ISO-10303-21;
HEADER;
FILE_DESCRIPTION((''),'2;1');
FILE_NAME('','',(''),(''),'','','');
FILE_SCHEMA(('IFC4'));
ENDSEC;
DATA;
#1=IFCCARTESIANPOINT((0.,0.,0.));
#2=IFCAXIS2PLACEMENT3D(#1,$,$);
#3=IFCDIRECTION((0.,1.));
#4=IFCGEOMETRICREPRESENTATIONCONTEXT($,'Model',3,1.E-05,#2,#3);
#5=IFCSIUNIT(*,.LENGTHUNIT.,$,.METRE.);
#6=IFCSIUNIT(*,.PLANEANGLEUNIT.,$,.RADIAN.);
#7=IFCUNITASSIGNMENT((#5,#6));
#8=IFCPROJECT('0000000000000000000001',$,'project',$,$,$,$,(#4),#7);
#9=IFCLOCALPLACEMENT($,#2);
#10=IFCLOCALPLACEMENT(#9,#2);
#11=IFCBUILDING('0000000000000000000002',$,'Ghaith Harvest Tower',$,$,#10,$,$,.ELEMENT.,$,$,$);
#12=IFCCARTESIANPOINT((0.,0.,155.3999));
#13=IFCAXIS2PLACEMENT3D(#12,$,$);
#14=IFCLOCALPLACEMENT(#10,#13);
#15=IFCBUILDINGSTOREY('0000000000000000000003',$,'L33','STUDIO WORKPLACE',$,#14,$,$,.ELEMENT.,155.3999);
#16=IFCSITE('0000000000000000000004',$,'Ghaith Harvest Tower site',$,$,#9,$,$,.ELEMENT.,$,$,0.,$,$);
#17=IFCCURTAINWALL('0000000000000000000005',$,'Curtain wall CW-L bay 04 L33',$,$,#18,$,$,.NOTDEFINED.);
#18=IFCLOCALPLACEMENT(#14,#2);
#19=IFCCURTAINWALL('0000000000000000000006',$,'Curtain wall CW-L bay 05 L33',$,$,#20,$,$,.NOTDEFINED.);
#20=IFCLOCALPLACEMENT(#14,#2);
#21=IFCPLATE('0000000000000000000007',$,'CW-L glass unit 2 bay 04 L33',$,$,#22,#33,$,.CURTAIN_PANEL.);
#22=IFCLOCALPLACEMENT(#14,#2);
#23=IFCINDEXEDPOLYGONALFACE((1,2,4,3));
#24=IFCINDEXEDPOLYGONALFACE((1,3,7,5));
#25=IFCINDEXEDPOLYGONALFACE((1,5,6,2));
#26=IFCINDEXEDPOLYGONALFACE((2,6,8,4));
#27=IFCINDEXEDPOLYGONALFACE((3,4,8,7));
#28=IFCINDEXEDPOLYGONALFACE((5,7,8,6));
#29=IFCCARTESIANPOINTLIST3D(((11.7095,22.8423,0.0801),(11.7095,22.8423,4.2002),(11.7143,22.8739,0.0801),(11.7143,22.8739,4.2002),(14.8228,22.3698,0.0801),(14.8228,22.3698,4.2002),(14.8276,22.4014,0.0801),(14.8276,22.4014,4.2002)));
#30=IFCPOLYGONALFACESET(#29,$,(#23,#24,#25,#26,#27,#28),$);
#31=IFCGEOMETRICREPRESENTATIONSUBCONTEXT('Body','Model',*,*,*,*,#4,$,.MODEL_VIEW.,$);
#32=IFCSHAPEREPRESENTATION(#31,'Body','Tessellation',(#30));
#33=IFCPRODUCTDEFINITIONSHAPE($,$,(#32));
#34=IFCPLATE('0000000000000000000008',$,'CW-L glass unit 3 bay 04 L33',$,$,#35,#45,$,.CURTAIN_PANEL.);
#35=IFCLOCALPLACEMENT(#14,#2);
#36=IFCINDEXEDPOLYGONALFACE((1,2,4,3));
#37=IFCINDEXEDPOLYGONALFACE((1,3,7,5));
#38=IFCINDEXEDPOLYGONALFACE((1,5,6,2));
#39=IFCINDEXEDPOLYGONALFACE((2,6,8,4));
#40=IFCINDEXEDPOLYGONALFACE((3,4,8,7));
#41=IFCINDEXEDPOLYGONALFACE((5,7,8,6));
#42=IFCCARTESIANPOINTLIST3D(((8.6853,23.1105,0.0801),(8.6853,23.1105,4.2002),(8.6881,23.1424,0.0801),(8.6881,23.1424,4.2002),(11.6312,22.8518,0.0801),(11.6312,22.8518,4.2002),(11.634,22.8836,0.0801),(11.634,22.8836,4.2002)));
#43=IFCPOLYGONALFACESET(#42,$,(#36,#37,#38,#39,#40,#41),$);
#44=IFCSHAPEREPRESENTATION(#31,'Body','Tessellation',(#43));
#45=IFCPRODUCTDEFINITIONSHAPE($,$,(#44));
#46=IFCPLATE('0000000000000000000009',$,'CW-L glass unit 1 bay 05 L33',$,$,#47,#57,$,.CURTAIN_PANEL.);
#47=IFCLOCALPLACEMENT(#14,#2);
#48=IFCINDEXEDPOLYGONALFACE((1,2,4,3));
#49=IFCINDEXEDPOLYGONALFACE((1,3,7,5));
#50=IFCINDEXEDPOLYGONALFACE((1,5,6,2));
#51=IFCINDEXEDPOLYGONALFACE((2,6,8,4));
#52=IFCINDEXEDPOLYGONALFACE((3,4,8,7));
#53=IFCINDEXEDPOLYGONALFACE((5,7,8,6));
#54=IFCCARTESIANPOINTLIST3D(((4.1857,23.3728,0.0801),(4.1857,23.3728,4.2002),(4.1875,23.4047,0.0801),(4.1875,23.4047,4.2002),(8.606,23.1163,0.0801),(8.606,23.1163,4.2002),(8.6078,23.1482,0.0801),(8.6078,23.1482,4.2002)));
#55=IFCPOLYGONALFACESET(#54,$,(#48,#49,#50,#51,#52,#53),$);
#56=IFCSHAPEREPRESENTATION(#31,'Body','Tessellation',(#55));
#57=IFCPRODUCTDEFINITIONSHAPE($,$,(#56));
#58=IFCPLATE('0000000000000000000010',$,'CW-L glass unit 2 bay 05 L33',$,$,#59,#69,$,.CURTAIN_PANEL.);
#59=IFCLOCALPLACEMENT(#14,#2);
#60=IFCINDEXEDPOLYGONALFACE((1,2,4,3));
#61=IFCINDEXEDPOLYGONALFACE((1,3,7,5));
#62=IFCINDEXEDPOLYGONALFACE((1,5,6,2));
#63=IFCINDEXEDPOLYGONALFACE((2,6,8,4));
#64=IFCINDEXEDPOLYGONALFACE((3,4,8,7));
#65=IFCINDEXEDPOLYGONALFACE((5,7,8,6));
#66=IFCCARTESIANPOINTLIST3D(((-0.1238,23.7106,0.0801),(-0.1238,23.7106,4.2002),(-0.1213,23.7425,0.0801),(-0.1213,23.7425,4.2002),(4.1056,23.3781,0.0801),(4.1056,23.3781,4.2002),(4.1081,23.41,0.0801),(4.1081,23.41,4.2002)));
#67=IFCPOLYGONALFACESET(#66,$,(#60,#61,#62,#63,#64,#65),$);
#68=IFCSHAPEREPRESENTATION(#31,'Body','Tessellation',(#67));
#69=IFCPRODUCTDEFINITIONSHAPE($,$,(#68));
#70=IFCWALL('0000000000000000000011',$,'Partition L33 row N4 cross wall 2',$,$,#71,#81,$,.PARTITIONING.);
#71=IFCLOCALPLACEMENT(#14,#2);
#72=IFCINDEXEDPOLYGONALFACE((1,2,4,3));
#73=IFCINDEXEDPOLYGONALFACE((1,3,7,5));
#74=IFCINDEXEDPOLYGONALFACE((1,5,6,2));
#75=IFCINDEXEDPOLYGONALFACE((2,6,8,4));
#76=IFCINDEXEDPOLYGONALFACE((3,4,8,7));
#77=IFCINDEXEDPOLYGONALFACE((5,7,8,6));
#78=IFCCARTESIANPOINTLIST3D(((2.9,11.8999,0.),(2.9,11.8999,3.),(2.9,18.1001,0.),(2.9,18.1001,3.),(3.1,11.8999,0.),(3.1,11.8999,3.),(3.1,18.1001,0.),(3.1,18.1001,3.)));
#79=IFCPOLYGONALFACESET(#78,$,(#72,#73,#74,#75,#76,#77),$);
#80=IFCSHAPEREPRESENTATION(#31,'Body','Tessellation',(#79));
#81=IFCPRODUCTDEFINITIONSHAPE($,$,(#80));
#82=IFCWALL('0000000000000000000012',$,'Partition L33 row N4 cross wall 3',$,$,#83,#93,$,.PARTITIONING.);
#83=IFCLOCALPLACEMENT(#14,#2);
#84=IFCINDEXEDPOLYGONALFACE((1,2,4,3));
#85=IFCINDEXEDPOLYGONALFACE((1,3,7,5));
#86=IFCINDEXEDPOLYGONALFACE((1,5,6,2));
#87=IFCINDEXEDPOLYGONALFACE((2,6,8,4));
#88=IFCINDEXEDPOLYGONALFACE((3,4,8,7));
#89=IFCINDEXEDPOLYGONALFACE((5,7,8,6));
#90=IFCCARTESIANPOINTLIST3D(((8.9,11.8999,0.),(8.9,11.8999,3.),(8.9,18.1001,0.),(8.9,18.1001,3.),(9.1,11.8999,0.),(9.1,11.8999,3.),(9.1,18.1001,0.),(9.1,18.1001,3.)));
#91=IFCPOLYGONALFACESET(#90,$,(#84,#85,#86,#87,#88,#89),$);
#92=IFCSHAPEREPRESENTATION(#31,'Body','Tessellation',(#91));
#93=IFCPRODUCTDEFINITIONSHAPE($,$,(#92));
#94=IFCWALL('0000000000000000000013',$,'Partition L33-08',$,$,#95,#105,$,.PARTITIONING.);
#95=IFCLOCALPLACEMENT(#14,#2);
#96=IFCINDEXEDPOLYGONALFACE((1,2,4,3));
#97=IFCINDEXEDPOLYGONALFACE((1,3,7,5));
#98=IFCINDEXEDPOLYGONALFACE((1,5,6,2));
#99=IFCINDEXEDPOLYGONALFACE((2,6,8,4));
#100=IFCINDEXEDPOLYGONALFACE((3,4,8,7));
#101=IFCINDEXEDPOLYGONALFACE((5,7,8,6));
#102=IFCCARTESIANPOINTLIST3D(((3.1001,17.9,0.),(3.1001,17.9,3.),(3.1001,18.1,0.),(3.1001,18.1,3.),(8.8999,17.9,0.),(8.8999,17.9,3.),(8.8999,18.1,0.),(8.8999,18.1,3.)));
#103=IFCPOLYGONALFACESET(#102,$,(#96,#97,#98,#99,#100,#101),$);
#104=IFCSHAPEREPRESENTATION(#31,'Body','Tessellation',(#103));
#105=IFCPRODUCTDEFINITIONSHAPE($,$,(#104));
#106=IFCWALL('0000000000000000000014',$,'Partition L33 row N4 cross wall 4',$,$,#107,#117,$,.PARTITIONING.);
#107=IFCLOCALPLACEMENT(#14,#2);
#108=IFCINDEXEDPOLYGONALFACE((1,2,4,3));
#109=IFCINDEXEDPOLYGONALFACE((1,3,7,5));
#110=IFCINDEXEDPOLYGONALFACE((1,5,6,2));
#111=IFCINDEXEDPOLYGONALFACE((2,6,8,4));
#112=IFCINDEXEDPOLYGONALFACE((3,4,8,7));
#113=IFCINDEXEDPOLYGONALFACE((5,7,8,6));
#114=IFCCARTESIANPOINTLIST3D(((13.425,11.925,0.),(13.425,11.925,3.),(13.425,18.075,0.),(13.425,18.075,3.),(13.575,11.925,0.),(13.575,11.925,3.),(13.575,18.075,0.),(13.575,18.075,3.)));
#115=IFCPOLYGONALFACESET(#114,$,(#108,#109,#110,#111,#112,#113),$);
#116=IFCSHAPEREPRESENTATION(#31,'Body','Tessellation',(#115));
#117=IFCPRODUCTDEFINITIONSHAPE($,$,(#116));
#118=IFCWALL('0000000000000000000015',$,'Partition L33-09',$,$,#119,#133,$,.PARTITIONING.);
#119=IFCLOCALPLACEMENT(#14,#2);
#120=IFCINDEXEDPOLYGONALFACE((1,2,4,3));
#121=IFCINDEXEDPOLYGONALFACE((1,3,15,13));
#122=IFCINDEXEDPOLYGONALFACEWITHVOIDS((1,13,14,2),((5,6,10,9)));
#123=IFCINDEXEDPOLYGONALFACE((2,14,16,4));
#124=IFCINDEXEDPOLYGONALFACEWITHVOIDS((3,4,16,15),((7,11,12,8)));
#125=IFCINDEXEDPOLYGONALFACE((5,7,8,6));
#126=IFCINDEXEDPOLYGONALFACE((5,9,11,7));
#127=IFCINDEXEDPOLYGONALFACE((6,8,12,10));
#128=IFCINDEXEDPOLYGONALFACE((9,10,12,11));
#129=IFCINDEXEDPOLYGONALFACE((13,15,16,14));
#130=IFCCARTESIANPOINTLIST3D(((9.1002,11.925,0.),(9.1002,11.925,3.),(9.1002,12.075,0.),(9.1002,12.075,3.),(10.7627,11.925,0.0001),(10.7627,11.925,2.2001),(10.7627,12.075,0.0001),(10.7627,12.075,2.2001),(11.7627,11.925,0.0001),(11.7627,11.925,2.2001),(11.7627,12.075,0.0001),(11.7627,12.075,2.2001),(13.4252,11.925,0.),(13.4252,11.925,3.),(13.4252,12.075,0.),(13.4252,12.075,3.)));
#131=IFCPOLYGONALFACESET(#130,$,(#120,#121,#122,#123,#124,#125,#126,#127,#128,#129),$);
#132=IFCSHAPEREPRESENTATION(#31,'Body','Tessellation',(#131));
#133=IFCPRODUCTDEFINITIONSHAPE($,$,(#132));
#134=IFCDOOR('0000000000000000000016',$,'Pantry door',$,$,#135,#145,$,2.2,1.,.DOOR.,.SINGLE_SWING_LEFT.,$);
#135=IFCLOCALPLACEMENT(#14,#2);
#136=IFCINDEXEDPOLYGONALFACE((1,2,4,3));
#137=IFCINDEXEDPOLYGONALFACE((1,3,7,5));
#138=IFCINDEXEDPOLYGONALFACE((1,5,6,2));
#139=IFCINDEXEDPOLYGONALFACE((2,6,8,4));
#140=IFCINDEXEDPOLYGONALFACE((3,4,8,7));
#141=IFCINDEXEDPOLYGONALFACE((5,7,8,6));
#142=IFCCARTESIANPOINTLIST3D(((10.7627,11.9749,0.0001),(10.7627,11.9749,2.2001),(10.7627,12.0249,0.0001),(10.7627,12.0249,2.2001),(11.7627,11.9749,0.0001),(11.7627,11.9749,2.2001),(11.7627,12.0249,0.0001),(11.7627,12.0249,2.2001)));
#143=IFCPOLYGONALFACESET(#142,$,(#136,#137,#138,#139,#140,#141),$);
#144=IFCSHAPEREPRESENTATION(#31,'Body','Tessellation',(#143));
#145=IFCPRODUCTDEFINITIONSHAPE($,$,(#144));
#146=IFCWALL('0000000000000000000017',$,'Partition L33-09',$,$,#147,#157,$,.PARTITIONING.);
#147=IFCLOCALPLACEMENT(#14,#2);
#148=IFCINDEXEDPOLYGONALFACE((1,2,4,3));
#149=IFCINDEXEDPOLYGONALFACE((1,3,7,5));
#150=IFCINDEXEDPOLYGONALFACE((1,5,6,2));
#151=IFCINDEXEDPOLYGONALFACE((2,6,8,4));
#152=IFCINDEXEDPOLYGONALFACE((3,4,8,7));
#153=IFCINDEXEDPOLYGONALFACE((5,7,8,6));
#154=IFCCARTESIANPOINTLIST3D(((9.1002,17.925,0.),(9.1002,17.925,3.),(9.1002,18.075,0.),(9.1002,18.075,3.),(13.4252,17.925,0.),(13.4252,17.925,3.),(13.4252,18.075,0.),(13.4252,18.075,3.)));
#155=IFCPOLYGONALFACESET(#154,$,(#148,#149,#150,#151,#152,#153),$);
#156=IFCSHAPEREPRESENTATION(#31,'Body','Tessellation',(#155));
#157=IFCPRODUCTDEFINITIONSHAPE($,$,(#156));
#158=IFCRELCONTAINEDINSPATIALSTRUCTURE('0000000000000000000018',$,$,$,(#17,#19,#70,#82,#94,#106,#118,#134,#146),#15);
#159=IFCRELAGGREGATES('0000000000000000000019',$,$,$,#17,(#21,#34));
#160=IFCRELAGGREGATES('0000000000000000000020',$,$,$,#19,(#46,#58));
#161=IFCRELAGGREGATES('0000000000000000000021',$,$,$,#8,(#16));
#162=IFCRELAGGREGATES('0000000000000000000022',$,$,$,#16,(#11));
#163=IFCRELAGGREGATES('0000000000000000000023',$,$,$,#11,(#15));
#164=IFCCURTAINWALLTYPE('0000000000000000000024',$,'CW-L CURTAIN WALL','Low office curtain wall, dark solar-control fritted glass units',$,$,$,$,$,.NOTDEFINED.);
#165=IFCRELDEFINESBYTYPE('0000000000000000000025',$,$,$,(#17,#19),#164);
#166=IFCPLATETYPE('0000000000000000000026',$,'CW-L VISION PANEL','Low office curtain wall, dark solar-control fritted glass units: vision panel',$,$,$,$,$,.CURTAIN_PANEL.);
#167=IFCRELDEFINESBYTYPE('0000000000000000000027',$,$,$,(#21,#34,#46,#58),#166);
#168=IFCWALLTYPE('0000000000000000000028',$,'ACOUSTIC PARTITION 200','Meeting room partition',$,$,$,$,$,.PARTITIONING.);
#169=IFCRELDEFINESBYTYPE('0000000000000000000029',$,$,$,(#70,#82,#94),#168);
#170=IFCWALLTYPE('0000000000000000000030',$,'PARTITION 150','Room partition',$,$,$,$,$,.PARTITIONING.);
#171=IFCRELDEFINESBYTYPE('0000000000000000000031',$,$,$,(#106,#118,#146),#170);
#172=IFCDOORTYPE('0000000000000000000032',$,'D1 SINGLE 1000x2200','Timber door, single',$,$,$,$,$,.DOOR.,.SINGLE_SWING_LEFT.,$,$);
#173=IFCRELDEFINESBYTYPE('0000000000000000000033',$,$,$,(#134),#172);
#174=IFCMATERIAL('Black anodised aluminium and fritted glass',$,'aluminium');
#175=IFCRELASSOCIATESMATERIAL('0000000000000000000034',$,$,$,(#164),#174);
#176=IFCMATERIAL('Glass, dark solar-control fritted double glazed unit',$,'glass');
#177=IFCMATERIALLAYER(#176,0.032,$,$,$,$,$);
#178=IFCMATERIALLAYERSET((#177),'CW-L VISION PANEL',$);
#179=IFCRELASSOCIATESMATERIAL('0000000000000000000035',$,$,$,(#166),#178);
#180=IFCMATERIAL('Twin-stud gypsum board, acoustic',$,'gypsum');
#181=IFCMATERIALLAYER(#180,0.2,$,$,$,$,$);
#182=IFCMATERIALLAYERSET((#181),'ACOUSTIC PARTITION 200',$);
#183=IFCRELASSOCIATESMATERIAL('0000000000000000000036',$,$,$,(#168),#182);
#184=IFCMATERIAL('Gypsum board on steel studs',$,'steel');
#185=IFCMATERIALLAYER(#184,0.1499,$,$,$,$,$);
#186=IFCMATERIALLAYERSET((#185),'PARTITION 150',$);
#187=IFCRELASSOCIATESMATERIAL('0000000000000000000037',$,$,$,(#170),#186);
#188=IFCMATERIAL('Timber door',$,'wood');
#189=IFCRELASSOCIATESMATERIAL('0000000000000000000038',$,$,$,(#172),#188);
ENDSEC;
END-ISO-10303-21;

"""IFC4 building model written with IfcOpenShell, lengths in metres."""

from ifc_helpers import new_model, si_unit, direction, frame, frame_2d, origin, origin_2d, place, context, subcontext, project, spatial, rectangle, extrude, material, layer, layer_set, type_object, element, fill, aggregate, save


model = new_model("IFC4")

# Units and contexts
model_context = context("Model", 3, precision=1e-05, world=origin(), true_north=direction((0.0, 1.0)))
body_context = subcontext(model_context, "Body", "Model", "MODEL_VIEW")
ifc_project = project(units=[si_unit("LENGTHUNIT", "METRE"), si_unit("PLANEANGLEUNIT", "RADIAN")], contexts=[model_context])

# Site, building, storey
site_placement = place(None, origin())
site = spatial("IfcSite", under=ifc_project, at=site_placement, Name="Ghaith Harvest Tower site", CompositionType="ELEMENT", RefElevation=0.0)
building_placement = place(site_placement, origin())
building = spatial("IfcBuilding", under=site, at=building_placement, Name="Ghaith Harvest Tower", CompositionType="ELEMENT")
storey_placement = place(building_placement, frame((0.0, 0.0, 155.3999)))
storey = spatial("IfcBuildingStorey", under=building, at=storey_placement, Name="L33", Description="STUDIO WORKPLACE", CompositionType="ELEMENT", Elevation=155.3999)

# Curtain wall
ifc_material_1 = material(Name="Black anodised aluminium and fritted glass", Category="aluminium")
curtain_wall_type = type_object("IfcCurtainWallType", Name="CW-L CURTAIN WALL", Description="Low office curtain wall, dark solar-control fritted glass units", PredefinedType="NOTDEFINED", material=ifc_material_1)
curtain_wall_1_placement = place(storey_placement, origin())
curtain_wall_1 = element("IfcCurtainWall", 1, at=curtain_wall_1_placement, inside=storey, type_object=curtain_wall_type, Name="Curtain wall CW-L bay 04 L33", PredefinedType="NOTDEFINED")

# Curtain wall
curtain_wall_2_placement = place(storey_placement, origin())
curtain_wall_2 = element("IfcCurtainWall", 2, at=curtain_wall_2_placement, inside=storey, type_object=curtain_wall_type, Name="Curtain wall CW-L bay 05 L33", PredefinedType="NOTDEFINED")

# Plates
ifc_material_2 = material(Name="Glass, dark solar-control fritted double glazed unit", Category="glass")
ifc_layer_1 = layer(ifc_material_2, 0.032)
ifc_layer_set_1 = layer_set([ifc_layer_1], Name="CW-L VISION PANEL")
plate_type = type_object("IfcPlateType", Name="CW-L VISION PANEL", Description="Low office curtain wall, dark solar-control fritted glass units: vision panel", PredefinedType="CURTAIN_PANEL", material=ifc_layer_set_1)
plate_1_placement = place(storey_placement, frame((13.2686, 22.6218, 0.0801), z_axis=(0.0, 0.0, 1.0), x_axis=(-0.988679, 0.150048, 0.0)))
plate_1 = element("IfcPlate", 3, at=plate_1_placement, type_object=plate_type, Name="CW-L glass unit 2 bay 04 L33", PredefinedType="CURTAIN_PANEL", context=body_context, shape_type="SweptSolid", body=[
    extrude(rectangle(XDim=3.1489, YDim=0.032, at=origin_2d()), origin(), (0.0, 0.0, 1.0), 4.1201),
])
plate_2_placement = place(storey_placement, frame((10.1597, 22.9971, 0.0801), z_axis=(0.0, 0.0, 1.0), x_axis=(-0.996166, 0.087481, 0.0)))
plate_2 = element("IfcPlate", 4, at=plate_2_placement, type_object=plate_type, Name="CW-L glass unit 3 bay 04 L33", PredefinedType="CURTAIN_PANEL", context=body_context, shape_type="SweptSolid", body=[
    extrude(rectangle(XDim=2.9573, YDim=0.032, at=origin_2d()), origin(), (0.0, 0.0, 1.0), 4.1201),
])
aggregate(curtain_wall_1, [plate_1, plate_2])
plate_3_placement = place(storey_placement, frame((6.3967, 23.2605, 0.0801), z_axis=(0.0, 0.0, 1.0), x_axis=(-0.998321, 0.057927, 0.0)))
plate_3 = element("IfcPlate", 5, at=plate_3_placement, type_object=plate_type, Name="CW-L glass unit 1 bay 05 L33", PredefinedType="CURTAIN_PANEL", context=body_context, shape_type="SweptSolid", body=[
    extrude(rectangle(XDim=4.4277, YDim=0.032, at=origin_2d()), origin(), (0.0, 0.0, 1.0), 4.1201),
])
plate_4_placement = place(storey_placement, frame((1.9922, 23.5603, 0.0801), z_axis=(0.0, 0.0, 1.0), x_axis=(-0.996925, 0.07836, 0.0)))
plate_4 = element("IfcPlate", 6, at=plate_4_placement, type_object=plate_type, Name="CW-L glass unit 2 bay 05 L33", PredefinedType="CURTAIN_PANEL", context=body_context, shape_type="SweptSolid", body=[
    extrude(rectangle(XDim=4.2424, YDim=0.032, at=origin_2d()), origin(), (0.0, 0.0, 1.0), 4.1201),
])
aggregate(curtain_wall_2, [plate_3, plate_4])

# Walls
ifc_material_3 = material(Name="Twin-stud gypsum board, acoustic", Category="gypsum")
ifc_layer_2 = layer(ifc_material_3, 0.2)
ifc_layer_set_2 = layer_set([ifc_layer_2], Name="ACOUSTIC PARTITION 200")
wall_type_1 = type_object("IfcWallType", Name="ACOUSTIC PARTITION 200", Description="Meeting room partition", PredefinedType="PARTITIONING", material=ifc_layer_set_2)
for number, where, z_axis, x_axis, name in (
    (7, (3.0, 11.8999, 0.0), (0.0, 0.0, 1.0), (0.0, 1.0, 0.0), "Partition L33 row N4 cross wall 2"),
    (8, (9.0, 11.8999, 0.0), (0.0, 0.0, 1.0), (0.0, 1.0, 0.0), "Partition L33 row N4 cross wall 3"),
):
    element("IfcWall", number, at=place(storey_placement, frame(where, z_axis=z_axis, x_axis=x_axis)), inside=storey, type_object=wall_type_1, Name=name, PredefinedType="PARTITIONING", context=body_context, shape_type="SweptSolid", body=[
        extrude(rectangle(XDim=6.2002, YDim=0.2, at=frame_2d((3.1001, 0.0))), origin(), (0.0, 0.0, 1.0), 3.0),
    ])

# Walls
wall_1_placement = place(storey_placement, frame((3.1001, 18.0, 0.0), z_axis=(0.0, 0.0, 1.0), x_axis=(1.0, 0.0, 0.0)))
element("IfcWall", 9, at=wall_1_placement, inside=storey, type_object=wall_type_1, Name="Partition L33-08", PredefinedType="PARTITIONING", context=body_context, shape_type="SweptSolid", body=[
    extrude(rectangle(XDim=5.7998, YDim=0.2, at=frame_2d((2.8999, 0.0))), origin(), (0.0, 0.0, 1.0), 3.0),
])
ifc_material_4 = material(Name="Gypsum board on steel studs", Category="steel")
ifc_layer_3 = layer(ifc_material_4, 0.1499)
ifc_layer_set_3 = layer_set([ifc_layer_3], Name="PARTITION 150")
wall_type_2 = type_object("IfcWallType", Name="PARTITION 150", Description="Room partition", PredefinedType="PARTITIONING", material=ifc_layer_set_3)
wall_2_placement = place(storey_placement, frame((13.5, 11.925, 0.0), z_axis=(0.0, 0.0, 1.0), x_axis=(0.0, 1.0, 0.0)))
element("IfcWall", 10, at=wall_2_placement, inside=storey, type_object=wall_type_2, Name="Partition L33 row N4 cross wall 4", PredefinedType="PARTITIONING", context=body_context, shape_type="SweptSolid", body=[
    extrude(rectangle(XDim=6.1499, YDim=0.1499, at=frame_2d((3.075, 0.0))), origin(), (0.0, 0.0, 1.0), 3.0),
])

# Wall, opening, door
wall_3_placement = place(storey_placement, frame((9.1001, 12.0, 0.0), z_axis=(0.0, 0.0, 1.0), x_axis=(1.0, 0.0, 0.0)))
wall_3 = element("IfcWall", 11, at=wall_3_placement, inside=storey, type_object=wall_type_2, Name="Partition L33-09", PredefinedType="PARTITIONING", context=body_context, shape_type="SweptSolid", body=[
    extrude(rectangle(XDim=4.325, YDim=0.1499, at=frame_2d((2.1626, 0.0))), origin(), (0.0, 0.0, 1.0), 3.0),
])
opening_1_placement = place(wall_3_placement, frame((1.6626, 0.0, 0.0)))
opening_1 = element("IfcOpeningElement", 12, at=opening_1_placement, cuts=wall_3, PredefinedType="OPENING", context=body_context, shape_type="SweptSolid", body=[
    extrude(rectangle(XDim=1.0, YDim=2.2, at=frame_2d((0.5, 1.1001))), frame((0.0, 0.085, 0.0), z_axis=(0.0, -1.0, 0.0), x_axis=(1.0, 0.0, 0.0)), (0.0, 0.0, 1.0), 0.1699),
])
ifc_material_5 = material(Name="Timber door", Category="wood")
door_type_1 = type_object("IfcDoorType", Name="D1 SINGLE 1000x2200", Description="Timber door, single", OperationType="SINGLE_SWING_LEFT", PredefinedType="DOOR", material=ifc_material_5)
door_1_placement = place(opening_1_placement, origin())
door_1 = element("IfcDoor", 13, at=door_1_placement, inside=storey, type_object=door_type_1, Name="Pantry door", OperationType="SINGLE_SWING_LEFT", OverallHeight=2.2, OverallWidth=1.0, PredefinedType="DOOR", context=body_context, shape_type="SweptSolid", body=[
    extrude(rectangle(XDim=1.0, YDim=2.2, at=frame_2d((0.5, 1.1001))), frame((0.0, 0.0249, 0.0), z_axis=(0.0, -1.0, 0.0), x_axis=(1.0, 0.0, 0.0)), (0.0, 0.0, 1.0), 0.05),
])
fill(opening_1, door_1)

# Wall
wall_4_placement = place(storey_placement, frame((9.1001, 18.0, 0.0), z_axis=(0.0, 0.0, 1.0), x_axis=(1.0, 0.0, 0.0)))
element("IfcWall", 14, at=wall_4_placement, inside=storey, type_object=wall_type_2, Name="Partition L33-09", PredefinedType="PARTITIONING", context=body_context, shape_type="SweptSolid", body=[
    extrude(rectangle(XDim=4.325, YDim=0.1499, at=frame_2d((2.1626, 0.0))), origin(), (0.0, 0.0, 1.0), 3.0),
])

save(model, "model.ifc")
